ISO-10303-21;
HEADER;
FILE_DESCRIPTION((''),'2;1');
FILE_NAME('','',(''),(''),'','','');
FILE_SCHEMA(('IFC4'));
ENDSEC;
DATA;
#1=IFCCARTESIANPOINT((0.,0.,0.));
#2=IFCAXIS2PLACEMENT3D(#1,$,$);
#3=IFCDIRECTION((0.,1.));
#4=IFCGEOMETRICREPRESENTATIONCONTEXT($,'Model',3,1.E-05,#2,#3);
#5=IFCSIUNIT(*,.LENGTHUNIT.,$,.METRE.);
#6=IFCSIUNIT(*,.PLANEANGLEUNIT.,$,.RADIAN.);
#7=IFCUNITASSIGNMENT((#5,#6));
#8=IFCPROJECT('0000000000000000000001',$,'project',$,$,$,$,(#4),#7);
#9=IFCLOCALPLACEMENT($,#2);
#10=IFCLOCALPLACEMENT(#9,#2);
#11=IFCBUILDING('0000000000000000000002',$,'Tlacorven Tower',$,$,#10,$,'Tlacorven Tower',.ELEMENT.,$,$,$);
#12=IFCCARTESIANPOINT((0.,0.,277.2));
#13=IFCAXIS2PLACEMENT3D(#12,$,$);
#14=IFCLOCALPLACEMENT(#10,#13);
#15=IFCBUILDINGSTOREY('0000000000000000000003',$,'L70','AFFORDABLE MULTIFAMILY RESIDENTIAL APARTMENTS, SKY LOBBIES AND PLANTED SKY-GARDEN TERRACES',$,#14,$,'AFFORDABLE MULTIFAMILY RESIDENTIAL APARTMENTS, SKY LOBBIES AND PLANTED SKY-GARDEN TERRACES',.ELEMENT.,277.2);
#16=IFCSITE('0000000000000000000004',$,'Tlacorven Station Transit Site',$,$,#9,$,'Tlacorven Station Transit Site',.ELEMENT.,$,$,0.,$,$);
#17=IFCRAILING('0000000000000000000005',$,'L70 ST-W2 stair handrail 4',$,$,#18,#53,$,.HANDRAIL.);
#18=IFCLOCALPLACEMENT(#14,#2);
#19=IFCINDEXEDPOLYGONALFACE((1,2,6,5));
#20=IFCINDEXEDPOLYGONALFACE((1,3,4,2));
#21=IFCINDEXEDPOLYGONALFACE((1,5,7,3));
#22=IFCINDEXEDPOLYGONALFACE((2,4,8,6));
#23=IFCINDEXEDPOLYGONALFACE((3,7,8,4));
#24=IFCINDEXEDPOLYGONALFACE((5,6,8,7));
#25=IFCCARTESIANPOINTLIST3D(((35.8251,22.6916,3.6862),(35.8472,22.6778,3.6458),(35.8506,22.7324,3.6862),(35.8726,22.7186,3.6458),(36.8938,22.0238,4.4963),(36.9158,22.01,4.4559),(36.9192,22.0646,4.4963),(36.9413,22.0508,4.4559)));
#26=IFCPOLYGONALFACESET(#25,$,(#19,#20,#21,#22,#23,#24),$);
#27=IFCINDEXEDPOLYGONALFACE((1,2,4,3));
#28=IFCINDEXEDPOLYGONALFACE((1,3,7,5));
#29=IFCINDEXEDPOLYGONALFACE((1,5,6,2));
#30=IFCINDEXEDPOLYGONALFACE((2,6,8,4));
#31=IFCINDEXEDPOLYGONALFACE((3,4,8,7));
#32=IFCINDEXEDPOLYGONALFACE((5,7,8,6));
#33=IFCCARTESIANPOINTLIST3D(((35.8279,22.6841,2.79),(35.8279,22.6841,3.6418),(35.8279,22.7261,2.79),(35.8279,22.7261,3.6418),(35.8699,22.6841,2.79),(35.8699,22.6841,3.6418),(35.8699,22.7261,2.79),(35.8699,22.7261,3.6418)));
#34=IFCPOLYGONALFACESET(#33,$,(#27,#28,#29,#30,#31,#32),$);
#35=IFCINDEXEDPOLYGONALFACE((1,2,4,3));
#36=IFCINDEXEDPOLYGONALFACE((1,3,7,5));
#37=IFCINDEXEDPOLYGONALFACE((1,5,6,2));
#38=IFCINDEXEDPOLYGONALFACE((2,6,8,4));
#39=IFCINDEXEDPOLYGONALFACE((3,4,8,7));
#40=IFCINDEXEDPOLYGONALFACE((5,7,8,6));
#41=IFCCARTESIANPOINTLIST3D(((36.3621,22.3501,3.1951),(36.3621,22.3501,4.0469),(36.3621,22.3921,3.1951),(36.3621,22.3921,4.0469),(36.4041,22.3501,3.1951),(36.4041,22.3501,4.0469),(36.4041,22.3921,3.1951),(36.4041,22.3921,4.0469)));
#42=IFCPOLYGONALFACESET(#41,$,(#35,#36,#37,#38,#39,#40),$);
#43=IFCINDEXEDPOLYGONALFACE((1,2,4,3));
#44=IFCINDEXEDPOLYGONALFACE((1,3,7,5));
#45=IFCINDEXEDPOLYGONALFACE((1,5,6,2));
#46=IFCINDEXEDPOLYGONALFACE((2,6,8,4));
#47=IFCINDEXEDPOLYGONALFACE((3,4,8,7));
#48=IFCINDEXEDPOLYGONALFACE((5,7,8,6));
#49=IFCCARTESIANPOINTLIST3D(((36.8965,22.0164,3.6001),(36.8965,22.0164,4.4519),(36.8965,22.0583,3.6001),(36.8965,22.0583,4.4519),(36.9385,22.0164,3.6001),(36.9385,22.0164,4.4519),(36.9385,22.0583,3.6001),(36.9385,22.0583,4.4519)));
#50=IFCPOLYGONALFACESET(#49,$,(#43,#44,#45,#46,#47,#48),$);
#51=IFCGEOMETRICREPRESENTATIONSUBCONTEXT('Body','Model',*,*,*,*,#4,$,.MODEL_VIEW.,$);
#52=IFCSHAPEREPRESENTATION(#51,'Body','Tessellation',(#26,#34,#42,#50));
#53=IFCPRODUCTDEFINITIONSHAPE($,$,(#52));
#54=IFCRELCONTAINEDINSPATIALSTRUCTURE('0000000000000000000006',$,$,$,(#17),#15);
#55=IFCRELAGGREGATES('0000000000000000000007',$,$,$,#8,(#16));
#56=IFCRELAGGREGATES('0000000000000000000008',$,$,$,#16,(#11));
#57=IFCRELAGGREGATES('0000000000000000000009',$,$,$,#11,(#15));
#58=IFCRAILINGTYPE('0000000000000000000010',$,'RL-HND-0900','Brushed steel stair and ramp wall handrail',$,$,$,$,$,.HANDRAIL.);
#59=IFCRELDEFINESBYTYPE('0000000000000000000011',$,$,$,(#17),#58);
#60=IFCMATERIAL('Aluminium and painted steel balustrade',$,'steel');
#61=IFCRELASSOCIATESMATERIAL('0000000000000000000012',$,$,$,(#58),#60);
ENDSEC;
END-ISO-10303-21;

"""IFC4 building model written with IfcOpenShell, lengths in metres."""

from ifc_helpers import new_model, si_unit, direction, frame, origin, origin_2d, place, context, subcontext, project, spatial, rectangle, extrude, source, transform, mapped, material, type_object, element, save


model = new_model("IFC4")

# Units and contexts
model_context = context("Model", 3, precision=1e-05, world=origin(), true_north=direction((0.0, 1.0)))
body_context = subcontext(model_context, "Body", "Model", "MODEL_VIEW")
ifc_project = project(units=[si_unit("LENGTHUNIT", "METRE"), si_unit("PLANEANGLEUNIT", "RADIAN")], contexts=[model_context])

# Site, building, storey
site_placement = place(None, origin())
site = spatial("IfcSite", under=ifc_project, at=site_placement, Name="Tlacorven Station Transit Site", LongName="Tlacorven Station Transit Site", CompositionType="ELEMENT", RefElevation=0.0)
building_placement = place(site_placement, origin())
building = spatial("IfcBuilding", under=site, at=building_placement, Name="Tlacorven Tower", LongName="Tlacorven Tower", CompositionType="ELEMENT")
storey_placement = place(building_placement, frame((0.0, 0.0, 277.2)))
storey = spatial("IfcBuildingStorey", under=building, at=storey_placement, Name="L70", Description="AFFORDABLE MULTIFAMILY RESIDENTIAL APARTMENTS, SKY LOBBIES AND PLANTED SKY-GARDEN TERRACES", LongName="AFFORDABLE MULTIFAMILY RESIDENTIAL APARTMENTS, SKY LOBBIES AND PLANTED SKY-GARDEN TERRACES", CompositionType="ELEMENT", Elevation=277.2)

# Railing
ifc_material_1 = material(Name="Aluminium and painted steel balustrade", Category="steel")
railing_type = type_object("IfcRailingType", Name="RL-HND-0900", Description="Brushed steel stair and ramp wall handrail", PredefinedType="HANDRAIL", material=ifc_material_1)
shared_shape_1 = source(origin(), body_context, "Body", "SweptSolid", [
    extrude(rectangle(XDim=0.0481, YDim=0.0481, at=origin_2d()), frame((0.0, 0.0, 0.876), z_axis=(0.71336, -0.445748, 0.540765), x_axis=(0.529912, 0.848053, 0.0)), (0.0, 0.0, 1.0), 1.498),
    extrude(rectangle(XDim=0.042, YDim=0.042, at=origin_2d()), origin(), (0.0, 0.0, 1.0), 0.8518),
    extrude(rectangle(XDim=0.042, YDim=0.042, at=origin_2d()), frame((0.5342, -0.334, 0.405)), (0.0, 0.0, 1.0), 0.8518),
    extrude(rectangle(XDim=0.042, YDim=0.042, at=origin_2d()), frame((1.0686, -0.6677, 0.8101)), (0.0, 0.0, 1.0), 0.8518),
])
railing_placement = place(storey_placement, frame((35.8489, 22.7051, 2.79)))
element("IfcRailing", 1, at=railing_placement, inside=storey, type_object=railing_type, Name="L70 ST-W2 stair handrail 4", PredefinedType="HANDRAIL", context=body_context, shape_type="MappedRepresentation", body=[
    mapped(shared_shape_1, transform((0.0, 0.0, 0.0), scale=1.0)),
])

save(model, "model.ifc")
